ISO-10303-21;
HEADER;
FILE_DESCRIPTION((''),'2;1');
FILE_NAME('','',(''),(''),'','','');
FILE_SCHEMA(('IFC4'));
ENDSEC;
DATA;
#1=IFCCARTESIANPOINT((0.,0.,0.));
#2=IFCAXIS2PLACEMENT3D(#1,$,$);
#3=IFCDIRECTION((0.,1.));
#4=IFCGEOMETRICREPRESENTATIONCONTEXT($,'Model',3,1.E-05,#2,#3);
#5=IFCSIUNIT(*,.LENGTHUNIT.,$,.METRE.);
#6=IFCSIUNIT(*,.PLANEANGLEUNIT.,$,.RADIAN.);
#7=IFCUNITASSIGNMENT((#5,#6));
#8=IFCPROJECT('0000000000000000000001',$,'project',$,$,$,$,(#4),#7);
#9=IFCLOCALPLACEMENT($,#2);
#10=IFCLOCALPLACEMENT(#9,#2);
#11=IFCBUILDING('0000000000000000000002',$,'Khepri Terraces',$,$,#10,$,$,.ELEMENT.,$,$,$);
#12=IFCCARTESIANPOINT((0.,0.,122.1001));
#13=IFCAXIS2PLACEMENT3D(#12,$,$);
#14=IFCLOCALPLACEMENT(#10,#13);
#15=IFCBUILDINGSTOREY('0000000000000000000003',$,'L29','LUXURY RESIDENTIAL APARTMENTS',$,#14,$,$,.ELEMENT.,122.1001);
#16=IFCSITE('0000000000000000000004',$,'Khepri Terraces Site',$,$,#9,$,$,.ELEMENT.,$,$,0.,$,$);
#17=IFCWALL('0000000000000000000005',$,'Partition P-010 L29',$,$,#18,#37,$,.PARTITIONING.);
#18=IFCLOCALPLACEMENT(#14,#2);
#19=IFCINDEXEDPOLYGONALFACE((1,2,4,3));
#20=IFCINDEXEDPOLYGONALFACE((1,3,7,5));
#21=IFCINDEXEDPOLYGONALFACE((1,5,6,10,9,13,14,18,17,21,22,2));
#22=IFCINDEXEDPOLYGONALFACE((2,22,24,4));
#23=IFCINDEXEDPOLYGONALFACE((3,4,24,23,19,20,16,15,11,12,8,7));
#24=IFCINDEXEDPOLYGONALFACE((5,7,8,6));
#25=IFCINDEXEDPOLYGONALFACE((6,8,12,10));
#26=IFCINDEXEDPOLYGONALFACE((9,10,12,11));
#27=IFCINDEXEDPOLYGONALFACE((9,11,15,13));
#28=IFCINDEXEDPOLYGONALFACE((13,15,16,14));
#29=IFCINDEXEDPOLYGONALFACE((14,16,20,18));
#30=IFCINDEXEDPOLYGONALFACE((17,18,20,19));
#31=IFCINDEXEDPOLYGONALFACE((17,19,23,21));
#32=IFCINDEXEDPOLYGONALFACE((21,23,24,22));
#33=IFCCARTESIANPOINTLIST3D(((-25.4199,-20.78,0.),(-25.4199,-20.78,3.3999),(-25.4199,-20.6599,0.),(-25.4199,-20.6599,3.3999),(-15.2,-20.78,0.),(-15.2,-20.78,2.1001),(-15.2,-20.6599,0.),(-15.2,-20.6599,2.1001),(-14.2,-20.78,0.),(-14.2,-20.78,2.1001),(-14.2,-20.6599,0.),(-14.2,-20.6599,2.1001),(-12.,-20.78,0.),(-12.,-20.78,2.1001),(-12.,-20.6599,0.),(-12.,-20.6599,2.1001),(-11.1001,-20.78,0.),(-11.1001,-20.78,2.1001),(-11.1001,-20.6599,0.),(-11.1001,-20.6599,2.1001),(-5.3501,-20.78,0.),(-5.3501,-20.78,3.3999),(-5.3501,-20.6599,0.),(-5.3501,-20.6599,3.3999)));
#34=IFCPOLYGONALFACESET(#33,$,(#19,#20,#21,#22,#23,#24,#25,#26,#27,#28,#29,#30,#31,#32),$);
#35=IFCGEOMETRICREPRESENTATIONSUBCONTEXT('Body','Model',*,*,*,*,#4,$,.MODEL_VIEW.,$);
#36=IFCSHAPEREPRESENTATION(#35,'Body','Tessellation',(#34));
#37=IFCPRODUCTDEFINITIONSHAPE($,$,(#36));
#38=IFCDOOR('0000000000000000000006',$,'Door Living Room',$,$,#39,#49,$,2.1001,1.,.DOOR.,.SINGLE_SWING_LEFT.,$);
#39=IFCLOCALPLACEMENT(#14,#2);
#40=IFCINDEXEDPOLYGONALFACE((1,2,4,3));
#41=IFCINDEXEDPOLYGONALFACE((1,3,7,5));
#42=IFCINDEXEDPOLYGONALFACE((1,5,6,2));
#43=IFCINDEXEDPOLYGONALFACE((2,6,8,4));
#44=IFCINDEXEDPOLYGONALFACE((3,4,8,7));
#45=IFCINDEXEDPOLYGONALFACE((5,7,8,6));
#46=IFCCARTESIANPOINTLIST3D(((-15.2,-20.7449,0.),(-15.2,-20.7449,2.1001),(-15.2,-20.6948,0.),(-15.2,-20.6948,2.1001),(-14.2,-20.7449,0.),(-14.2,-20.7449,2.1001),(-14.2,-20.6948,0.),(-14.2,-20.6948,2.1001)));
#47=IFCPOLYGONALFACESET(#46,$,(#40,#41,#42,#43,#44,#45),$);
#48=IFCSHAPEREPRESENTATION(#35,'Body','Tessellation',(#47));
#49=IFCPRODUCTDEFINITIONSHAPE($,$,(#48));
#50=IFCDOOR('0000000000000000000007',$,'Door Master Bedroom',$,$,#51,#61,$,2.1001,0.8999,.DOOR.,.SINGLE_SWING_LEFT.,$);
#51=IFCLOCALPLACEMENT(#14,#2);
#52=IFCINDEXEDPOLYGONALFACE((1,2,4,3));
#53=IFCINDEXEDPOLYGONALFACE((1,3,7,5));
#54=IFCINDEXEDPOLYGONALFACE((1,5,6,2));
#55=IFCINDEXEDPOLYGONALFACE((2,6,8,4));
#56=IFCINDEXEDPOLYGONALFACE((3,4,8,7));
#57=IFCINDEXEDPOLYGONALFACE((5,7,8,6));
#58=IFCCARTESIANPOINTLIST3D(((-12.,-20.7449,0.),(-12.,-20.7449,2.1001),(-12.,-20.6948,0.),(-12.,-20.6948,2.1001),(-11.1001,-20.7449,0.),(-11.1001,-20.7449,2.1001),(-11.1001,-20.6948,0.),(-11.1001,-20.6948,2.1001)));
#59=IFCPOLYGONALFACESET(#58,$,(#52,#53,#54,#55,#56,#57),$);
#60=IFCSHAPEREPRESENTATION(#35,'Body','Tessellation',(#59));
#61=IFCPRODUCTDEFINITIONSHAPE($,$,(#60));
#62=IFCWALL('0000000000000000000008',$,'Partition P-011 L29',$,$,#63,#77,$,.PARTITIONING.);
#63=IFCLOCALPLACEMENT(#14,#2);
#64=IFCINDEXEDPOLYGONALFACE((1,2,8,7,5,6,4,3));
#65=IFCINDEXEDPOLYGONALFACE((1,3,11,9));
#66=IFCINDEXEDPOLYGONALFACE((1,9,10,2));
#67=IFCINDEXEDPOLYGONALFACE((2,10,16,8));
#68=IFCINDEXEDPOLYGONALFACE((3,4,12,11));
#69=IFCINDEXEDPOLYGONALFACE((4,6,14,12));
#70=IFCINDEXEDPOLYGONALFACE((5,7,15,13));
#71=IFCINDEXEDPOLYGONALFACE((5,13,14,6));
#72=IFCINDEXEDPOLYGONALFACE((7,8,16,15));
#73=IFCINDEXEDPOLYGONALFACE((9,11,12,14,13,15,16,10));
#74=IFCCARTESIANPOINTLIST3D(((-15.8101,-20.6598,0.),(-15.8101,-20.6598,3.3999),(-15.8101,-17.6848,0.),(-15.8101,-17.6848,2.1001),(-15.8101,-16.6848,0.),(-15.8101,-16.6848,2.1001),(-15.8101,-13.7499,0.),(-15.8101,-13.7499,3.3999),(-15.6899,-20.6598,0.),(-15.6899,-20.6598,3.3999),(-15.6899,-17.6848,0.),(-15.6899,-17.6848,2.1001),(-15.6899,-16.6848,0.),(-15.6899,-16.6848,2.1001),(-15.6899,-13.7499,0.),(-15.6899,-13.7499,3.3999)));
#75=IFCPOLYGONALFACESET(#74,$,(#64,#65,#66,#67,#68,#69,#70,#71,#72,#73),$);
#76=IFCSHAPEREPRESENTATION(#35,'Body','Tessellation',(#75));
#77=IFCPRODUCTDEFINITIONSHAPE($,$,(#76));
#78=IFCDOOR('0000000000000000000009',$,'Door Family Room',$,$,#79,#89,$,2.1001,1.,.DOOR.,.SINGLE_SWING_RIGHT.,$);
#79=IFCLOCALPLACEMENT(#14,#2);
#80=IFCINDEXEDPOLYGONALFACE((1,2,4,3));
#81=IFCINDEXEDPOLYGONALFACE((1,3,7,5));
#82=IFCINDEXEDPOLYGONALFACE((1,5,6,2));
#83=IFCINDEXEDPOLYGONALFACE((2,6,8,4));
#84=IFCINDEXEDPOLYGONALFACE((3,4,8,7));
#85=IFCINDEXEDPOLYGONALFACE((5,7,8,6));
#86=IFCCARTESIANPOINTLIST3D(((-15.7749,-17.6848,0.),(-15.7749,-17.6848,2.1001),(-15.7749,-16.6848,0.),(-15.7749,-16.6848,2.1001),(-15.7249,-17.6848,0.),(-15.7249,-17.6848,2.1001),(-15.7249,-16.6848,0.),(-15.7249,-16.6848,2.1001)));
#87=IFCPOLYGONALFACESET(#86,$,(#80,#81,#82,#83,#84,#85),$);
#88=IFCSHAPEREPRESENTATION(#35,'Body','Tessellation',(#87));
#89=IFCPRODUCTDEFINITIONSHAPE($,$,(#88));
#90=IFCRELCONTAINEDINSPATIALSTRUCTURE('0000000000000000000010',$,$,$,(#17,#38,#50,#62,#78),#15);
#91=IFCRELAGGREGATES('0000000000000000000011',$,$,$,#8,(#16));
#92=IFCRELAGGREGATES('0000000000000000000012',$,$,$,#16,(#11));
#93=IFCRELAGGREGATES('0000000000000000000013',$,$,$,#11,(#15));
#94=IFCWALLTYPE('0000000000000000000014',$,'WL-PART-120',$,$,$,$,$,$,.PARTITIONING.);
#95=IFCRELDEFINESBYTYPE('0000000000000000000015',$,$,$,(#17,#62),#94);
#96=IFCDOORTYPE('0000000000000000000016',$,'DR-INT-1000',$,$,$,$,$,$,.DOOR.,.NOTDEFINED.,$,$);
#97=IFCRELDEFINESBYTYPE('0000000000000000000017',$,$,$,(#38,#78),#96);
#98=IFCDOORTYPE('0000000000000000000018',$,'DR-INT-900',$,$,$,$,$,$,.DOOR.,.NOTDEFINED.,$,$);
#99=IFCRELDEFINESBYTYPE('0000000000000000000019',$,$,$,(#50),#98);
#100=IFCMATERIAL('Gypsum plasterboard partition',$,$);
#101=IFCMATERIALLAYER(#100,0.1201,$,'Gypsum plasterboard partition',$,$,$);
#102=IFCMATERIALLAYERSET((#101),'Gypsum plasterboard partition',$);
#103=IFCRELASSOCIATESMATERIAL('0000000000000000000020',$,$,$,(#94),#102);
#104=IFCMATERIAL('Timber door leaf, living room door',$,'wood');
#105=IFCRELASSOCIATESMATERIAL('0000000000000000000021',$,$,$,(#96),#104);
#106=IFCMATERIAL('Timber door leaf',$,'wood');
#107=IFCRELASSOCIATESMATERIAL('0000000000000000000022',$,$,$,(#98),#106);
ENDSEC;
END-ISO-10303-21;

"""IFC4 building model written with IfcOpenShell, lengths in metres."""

from ifc_helpers import new_model, si_unit, direction, frame, frame_2d, origin, place, context, subcontext, project, spatial, rectangle, extrude, material, layer, layer_set, type_object, element, fill, save


model = new_model("IFC4")

# Units and contexts
model_context = context("Model", 3, precision=1e-05, world=origin(), true_north=direction((0.0, 1.0)))
body_context = subcontext(model_context, "Body", "Model", "MODEL_VIEW")
ifc_project = project(units=[si_unit("LENGTHUNIT", "METRE"), si_unit("PLANEANGLEUNIT", "RADIAN")], contexts=[model_context])

# Site, building, storey
site_placement = place(None, origin())
site = spatial("IfcSite", under=ifc_project, at=site_placement, Name="Khepri Terraces Site", CompositionType="ELEMENT", RefElevation=0.0)
building_placement = place(site_placement, origin())
building = spatial("IfcBuilding", under=site, at=building_placement, Name="Khepri Terraces", CompositionType="ELEMENT")
storey_placement = place(building_placement, frame((0.0, 0.0, 122.1001)))
storey = spatial("IfcBuildingStorey", under=building, at=storey_placement, Name="L29", Description="LUXURY RESIDENTIAL APARTMENTS", CompositionType="ELEMENT", Elevation=122.1001)

# Shared definitions
ifc_material_1 = material(Name="Gypsum plasterboard partition")
ifc_layer_1 = layer(ifc_material_1, 0.1201, Name="Gypsum plasterboard partition")
ifc_layer_set_1 = layer_set([ifc_layer_1], Name="Gypsum plasterboard partition")
wall_type_1 = type_object("IfcWallType", Name="WL-PART-120", PredefinedType="PARTITIONING", material=ifc_layer_set_1)

# Wall, openings, doors
wall_1_placement = place(storey_placement, frame((-25.4199, -20.72, 0.0), z_axis=(0.0, 0.0, 1.0), x_axis=(1.0, 0.0, 0.0)))
wall_1 = element("IfcWall", 1, at=wall_1_placement, inside=storey, type_object=wall_type_1, Name="Partition P-010 L29", PredefinedType="PARTITIONING", context=body_context, shape_type="SweptSolid", body=[
    extrude(rectangle(XDim=20.0698, YDim=0.1201, at=frame_2d((10.0349, 0.0))), origin(), (0.0, 0.0, 1.0), 3.3999),
])
opening_1_placement = place(wall_1_placement, frame((10.22, 0.0, 0.0)))
opening_1 = element("IfcOpeningElement", 2, at=opening_1_placement, cuts=wall_1, PredefinedType="OPENING", context=body_context, shape_type="SweptSolid", body=[
    extrude(rectangle(XDim=1.0, YDim=2.1001, at=frame_2d((0.5, 1.05))), frame((0.0, 0.0701, 0.0), z_axis=(0.0, -1.0, 0.0), x_axis=(1.0, 0.0, 0.0)), (0.0, 0.0, 1.0), 0.1401),
])
opening_2_placement = place(wall_1_placement, frame((13.4199, 0.0, 0.0)))
opening_2 = element("IfcOpeningElement", 3, at=opening_2_placement, cuts=wall_1, PredefinedType="OPENING", context=body_context, shape_type="SweptSolid", body=[
    extrude(rectangle(XDim=0.8999, YDim=2.1001, at=frame_2d((0.45, 1.05))), frame((0.0, 0.0701, 0.0), z_axis=(0.0, -1.0, 0.0), x_axis=(1.0, 0.0, 0.0)), (0.0, 0.0, 1.0), 0.1401),
])
ifc_material_2 = material(Name="Timber door leaf, living room door", Category="wood")
door_type_1 = type_object("IfcDoorType", Name="DR-INT-1000", OperationType="NOTDEFINED", PredefinedType="DOOR", material=ifc_material_2)
door_1_placement = place(opening_1_placement, frame((1.0, 0.0, 0.0), z_axis=(0.0, 0.0, 1.0), x_axis=(-1.0, 0.0, 0.0)))
door_1 = element("IfcDoor", 4, at=door_1_placement, inside=storey, type_object=door_type_1, Name="Door Living Room", OperationType="SINGLE_SWING_LEFT", OverallHeight=2.1001, OverallWidth=1.0, PredefinedType="DOOR", context=body_context, shape_type="SweptSolid", body=[
    extrude(rectangle(XDim=1.0, YDim=2.1001, at=frame_2d((0.5, 1.05))), frame((0.0, 0.0249, 0.0), z_axis=(0.0, -1.0, 0.0), x_axis=(1.0, 0.0, 0.0)), (0.0, 0.0, 1.0), 0.05),
])
fill(opening_1, door_1)
ifc_material_3 = material(Name="Timber door leaf", Category="wood")
door_type_2 = type_object("IfcDoorType", Name="DR-INT-900", OperationType="NOTDEFINED", PredefinedType="DOOR", material=ifc_material_3)
door_2_placement = place(opening_2_placement, frame((0.8999, 0.0, 0.0), z_axis=(0.0, 0.0, 1.0), x_axis=(-1.0, 0.0, 0.0)))
door_2 = element("IfcDoor", 5, at=door_2_placement, inside=storey, type_object=door_type_2, Name="Door Master Bedroom", OperationType="SINGLE_SWING_LEFT", OverallHeight=2.1001, OverallWidth=0.8999, PredefinedType="DOOR", context=body_context, shape_type="SweptSolid", body=[
    extrude(rectangle(XDim=0.8999, YDim=2.1001, at=frame_2d((0.45, 1.05))), frame((0.0, 0.0249, 0.0), z_axis=(0.0, -1.0, 0.0), x_axis=(1.0, 0.0, 0.0)), (0.0, 0.0, 1.0), 0.05),
])
fill(opening_2, door_2)

# Wall, opening, door
wall_2_placement = place(storey_placement, frame((-15.75, -20.6599, 0.0), z_axis=(0.0, 0.0, 1.0), x_axis=(0.0, 1.0, 0.0)))
wall_2 = element("IfcWall", 6, at=wall_2_placement, inside=storey, type_object=wall_type_1, Name="Partition P-011 L29", PredefinedType="PARTITIONING", context=body_context, shape_type="SweptSolid", body=[
    extrude(rectangle(XDim=6.9099, YDim=0.1201, at=frame_2d((3.4551, 0.0))), origin(), (0.0, 0.0, 1.0), 3.3999),
])
opening_3_placement = place(wall_2_placement, frame((2.9751, 0.0, 0.0)))
opening_3 = element("IfcOpeningElement", 7, at=opening_3_placement, cuts=wall_2, PredefinedType="OPENING", context=body_context, shape_type="SweptSolid", body=[
    extrude(rectangle(XDim=1.0, YDim=2.1001, at=frame_2d((0.5, 1.05))), frame((0.0, 0.0701, 0.0), z_axis=(0.0, -1.0, 0.0), x_axis=(1.0, 0.0, 0.0)), (0.0, 0.0, 1.0), 0.1401),
])
door_3_placement = place(opening_3_placement, origin())
door_3 = element("IfcDoor", 8, at=door_3_placement, inside=storey, type_object=door_type_1, Name="Door Family Room", OperationType="SINGLE_SWING_RIGHT", OverallHeight=2.1001, OverallWidth=1.0, PredefinedType="DOOR", context=body_context, shape_type="SweptSolid", body=[
    extrude(rectangle(XDim=1.0, YDim=2.1001, at=frame_2d((0.5, 1.05))), frame((0.0, 0.0249, 0.0), z_axis=(0.0, -1.0, 0.0), x_axis=(1.0, 0.0, 0.0)), (0.0, 0.0, 1.0), 0.05),
])
fill(opening_3, door_3)

save(model, "model.ifc")
